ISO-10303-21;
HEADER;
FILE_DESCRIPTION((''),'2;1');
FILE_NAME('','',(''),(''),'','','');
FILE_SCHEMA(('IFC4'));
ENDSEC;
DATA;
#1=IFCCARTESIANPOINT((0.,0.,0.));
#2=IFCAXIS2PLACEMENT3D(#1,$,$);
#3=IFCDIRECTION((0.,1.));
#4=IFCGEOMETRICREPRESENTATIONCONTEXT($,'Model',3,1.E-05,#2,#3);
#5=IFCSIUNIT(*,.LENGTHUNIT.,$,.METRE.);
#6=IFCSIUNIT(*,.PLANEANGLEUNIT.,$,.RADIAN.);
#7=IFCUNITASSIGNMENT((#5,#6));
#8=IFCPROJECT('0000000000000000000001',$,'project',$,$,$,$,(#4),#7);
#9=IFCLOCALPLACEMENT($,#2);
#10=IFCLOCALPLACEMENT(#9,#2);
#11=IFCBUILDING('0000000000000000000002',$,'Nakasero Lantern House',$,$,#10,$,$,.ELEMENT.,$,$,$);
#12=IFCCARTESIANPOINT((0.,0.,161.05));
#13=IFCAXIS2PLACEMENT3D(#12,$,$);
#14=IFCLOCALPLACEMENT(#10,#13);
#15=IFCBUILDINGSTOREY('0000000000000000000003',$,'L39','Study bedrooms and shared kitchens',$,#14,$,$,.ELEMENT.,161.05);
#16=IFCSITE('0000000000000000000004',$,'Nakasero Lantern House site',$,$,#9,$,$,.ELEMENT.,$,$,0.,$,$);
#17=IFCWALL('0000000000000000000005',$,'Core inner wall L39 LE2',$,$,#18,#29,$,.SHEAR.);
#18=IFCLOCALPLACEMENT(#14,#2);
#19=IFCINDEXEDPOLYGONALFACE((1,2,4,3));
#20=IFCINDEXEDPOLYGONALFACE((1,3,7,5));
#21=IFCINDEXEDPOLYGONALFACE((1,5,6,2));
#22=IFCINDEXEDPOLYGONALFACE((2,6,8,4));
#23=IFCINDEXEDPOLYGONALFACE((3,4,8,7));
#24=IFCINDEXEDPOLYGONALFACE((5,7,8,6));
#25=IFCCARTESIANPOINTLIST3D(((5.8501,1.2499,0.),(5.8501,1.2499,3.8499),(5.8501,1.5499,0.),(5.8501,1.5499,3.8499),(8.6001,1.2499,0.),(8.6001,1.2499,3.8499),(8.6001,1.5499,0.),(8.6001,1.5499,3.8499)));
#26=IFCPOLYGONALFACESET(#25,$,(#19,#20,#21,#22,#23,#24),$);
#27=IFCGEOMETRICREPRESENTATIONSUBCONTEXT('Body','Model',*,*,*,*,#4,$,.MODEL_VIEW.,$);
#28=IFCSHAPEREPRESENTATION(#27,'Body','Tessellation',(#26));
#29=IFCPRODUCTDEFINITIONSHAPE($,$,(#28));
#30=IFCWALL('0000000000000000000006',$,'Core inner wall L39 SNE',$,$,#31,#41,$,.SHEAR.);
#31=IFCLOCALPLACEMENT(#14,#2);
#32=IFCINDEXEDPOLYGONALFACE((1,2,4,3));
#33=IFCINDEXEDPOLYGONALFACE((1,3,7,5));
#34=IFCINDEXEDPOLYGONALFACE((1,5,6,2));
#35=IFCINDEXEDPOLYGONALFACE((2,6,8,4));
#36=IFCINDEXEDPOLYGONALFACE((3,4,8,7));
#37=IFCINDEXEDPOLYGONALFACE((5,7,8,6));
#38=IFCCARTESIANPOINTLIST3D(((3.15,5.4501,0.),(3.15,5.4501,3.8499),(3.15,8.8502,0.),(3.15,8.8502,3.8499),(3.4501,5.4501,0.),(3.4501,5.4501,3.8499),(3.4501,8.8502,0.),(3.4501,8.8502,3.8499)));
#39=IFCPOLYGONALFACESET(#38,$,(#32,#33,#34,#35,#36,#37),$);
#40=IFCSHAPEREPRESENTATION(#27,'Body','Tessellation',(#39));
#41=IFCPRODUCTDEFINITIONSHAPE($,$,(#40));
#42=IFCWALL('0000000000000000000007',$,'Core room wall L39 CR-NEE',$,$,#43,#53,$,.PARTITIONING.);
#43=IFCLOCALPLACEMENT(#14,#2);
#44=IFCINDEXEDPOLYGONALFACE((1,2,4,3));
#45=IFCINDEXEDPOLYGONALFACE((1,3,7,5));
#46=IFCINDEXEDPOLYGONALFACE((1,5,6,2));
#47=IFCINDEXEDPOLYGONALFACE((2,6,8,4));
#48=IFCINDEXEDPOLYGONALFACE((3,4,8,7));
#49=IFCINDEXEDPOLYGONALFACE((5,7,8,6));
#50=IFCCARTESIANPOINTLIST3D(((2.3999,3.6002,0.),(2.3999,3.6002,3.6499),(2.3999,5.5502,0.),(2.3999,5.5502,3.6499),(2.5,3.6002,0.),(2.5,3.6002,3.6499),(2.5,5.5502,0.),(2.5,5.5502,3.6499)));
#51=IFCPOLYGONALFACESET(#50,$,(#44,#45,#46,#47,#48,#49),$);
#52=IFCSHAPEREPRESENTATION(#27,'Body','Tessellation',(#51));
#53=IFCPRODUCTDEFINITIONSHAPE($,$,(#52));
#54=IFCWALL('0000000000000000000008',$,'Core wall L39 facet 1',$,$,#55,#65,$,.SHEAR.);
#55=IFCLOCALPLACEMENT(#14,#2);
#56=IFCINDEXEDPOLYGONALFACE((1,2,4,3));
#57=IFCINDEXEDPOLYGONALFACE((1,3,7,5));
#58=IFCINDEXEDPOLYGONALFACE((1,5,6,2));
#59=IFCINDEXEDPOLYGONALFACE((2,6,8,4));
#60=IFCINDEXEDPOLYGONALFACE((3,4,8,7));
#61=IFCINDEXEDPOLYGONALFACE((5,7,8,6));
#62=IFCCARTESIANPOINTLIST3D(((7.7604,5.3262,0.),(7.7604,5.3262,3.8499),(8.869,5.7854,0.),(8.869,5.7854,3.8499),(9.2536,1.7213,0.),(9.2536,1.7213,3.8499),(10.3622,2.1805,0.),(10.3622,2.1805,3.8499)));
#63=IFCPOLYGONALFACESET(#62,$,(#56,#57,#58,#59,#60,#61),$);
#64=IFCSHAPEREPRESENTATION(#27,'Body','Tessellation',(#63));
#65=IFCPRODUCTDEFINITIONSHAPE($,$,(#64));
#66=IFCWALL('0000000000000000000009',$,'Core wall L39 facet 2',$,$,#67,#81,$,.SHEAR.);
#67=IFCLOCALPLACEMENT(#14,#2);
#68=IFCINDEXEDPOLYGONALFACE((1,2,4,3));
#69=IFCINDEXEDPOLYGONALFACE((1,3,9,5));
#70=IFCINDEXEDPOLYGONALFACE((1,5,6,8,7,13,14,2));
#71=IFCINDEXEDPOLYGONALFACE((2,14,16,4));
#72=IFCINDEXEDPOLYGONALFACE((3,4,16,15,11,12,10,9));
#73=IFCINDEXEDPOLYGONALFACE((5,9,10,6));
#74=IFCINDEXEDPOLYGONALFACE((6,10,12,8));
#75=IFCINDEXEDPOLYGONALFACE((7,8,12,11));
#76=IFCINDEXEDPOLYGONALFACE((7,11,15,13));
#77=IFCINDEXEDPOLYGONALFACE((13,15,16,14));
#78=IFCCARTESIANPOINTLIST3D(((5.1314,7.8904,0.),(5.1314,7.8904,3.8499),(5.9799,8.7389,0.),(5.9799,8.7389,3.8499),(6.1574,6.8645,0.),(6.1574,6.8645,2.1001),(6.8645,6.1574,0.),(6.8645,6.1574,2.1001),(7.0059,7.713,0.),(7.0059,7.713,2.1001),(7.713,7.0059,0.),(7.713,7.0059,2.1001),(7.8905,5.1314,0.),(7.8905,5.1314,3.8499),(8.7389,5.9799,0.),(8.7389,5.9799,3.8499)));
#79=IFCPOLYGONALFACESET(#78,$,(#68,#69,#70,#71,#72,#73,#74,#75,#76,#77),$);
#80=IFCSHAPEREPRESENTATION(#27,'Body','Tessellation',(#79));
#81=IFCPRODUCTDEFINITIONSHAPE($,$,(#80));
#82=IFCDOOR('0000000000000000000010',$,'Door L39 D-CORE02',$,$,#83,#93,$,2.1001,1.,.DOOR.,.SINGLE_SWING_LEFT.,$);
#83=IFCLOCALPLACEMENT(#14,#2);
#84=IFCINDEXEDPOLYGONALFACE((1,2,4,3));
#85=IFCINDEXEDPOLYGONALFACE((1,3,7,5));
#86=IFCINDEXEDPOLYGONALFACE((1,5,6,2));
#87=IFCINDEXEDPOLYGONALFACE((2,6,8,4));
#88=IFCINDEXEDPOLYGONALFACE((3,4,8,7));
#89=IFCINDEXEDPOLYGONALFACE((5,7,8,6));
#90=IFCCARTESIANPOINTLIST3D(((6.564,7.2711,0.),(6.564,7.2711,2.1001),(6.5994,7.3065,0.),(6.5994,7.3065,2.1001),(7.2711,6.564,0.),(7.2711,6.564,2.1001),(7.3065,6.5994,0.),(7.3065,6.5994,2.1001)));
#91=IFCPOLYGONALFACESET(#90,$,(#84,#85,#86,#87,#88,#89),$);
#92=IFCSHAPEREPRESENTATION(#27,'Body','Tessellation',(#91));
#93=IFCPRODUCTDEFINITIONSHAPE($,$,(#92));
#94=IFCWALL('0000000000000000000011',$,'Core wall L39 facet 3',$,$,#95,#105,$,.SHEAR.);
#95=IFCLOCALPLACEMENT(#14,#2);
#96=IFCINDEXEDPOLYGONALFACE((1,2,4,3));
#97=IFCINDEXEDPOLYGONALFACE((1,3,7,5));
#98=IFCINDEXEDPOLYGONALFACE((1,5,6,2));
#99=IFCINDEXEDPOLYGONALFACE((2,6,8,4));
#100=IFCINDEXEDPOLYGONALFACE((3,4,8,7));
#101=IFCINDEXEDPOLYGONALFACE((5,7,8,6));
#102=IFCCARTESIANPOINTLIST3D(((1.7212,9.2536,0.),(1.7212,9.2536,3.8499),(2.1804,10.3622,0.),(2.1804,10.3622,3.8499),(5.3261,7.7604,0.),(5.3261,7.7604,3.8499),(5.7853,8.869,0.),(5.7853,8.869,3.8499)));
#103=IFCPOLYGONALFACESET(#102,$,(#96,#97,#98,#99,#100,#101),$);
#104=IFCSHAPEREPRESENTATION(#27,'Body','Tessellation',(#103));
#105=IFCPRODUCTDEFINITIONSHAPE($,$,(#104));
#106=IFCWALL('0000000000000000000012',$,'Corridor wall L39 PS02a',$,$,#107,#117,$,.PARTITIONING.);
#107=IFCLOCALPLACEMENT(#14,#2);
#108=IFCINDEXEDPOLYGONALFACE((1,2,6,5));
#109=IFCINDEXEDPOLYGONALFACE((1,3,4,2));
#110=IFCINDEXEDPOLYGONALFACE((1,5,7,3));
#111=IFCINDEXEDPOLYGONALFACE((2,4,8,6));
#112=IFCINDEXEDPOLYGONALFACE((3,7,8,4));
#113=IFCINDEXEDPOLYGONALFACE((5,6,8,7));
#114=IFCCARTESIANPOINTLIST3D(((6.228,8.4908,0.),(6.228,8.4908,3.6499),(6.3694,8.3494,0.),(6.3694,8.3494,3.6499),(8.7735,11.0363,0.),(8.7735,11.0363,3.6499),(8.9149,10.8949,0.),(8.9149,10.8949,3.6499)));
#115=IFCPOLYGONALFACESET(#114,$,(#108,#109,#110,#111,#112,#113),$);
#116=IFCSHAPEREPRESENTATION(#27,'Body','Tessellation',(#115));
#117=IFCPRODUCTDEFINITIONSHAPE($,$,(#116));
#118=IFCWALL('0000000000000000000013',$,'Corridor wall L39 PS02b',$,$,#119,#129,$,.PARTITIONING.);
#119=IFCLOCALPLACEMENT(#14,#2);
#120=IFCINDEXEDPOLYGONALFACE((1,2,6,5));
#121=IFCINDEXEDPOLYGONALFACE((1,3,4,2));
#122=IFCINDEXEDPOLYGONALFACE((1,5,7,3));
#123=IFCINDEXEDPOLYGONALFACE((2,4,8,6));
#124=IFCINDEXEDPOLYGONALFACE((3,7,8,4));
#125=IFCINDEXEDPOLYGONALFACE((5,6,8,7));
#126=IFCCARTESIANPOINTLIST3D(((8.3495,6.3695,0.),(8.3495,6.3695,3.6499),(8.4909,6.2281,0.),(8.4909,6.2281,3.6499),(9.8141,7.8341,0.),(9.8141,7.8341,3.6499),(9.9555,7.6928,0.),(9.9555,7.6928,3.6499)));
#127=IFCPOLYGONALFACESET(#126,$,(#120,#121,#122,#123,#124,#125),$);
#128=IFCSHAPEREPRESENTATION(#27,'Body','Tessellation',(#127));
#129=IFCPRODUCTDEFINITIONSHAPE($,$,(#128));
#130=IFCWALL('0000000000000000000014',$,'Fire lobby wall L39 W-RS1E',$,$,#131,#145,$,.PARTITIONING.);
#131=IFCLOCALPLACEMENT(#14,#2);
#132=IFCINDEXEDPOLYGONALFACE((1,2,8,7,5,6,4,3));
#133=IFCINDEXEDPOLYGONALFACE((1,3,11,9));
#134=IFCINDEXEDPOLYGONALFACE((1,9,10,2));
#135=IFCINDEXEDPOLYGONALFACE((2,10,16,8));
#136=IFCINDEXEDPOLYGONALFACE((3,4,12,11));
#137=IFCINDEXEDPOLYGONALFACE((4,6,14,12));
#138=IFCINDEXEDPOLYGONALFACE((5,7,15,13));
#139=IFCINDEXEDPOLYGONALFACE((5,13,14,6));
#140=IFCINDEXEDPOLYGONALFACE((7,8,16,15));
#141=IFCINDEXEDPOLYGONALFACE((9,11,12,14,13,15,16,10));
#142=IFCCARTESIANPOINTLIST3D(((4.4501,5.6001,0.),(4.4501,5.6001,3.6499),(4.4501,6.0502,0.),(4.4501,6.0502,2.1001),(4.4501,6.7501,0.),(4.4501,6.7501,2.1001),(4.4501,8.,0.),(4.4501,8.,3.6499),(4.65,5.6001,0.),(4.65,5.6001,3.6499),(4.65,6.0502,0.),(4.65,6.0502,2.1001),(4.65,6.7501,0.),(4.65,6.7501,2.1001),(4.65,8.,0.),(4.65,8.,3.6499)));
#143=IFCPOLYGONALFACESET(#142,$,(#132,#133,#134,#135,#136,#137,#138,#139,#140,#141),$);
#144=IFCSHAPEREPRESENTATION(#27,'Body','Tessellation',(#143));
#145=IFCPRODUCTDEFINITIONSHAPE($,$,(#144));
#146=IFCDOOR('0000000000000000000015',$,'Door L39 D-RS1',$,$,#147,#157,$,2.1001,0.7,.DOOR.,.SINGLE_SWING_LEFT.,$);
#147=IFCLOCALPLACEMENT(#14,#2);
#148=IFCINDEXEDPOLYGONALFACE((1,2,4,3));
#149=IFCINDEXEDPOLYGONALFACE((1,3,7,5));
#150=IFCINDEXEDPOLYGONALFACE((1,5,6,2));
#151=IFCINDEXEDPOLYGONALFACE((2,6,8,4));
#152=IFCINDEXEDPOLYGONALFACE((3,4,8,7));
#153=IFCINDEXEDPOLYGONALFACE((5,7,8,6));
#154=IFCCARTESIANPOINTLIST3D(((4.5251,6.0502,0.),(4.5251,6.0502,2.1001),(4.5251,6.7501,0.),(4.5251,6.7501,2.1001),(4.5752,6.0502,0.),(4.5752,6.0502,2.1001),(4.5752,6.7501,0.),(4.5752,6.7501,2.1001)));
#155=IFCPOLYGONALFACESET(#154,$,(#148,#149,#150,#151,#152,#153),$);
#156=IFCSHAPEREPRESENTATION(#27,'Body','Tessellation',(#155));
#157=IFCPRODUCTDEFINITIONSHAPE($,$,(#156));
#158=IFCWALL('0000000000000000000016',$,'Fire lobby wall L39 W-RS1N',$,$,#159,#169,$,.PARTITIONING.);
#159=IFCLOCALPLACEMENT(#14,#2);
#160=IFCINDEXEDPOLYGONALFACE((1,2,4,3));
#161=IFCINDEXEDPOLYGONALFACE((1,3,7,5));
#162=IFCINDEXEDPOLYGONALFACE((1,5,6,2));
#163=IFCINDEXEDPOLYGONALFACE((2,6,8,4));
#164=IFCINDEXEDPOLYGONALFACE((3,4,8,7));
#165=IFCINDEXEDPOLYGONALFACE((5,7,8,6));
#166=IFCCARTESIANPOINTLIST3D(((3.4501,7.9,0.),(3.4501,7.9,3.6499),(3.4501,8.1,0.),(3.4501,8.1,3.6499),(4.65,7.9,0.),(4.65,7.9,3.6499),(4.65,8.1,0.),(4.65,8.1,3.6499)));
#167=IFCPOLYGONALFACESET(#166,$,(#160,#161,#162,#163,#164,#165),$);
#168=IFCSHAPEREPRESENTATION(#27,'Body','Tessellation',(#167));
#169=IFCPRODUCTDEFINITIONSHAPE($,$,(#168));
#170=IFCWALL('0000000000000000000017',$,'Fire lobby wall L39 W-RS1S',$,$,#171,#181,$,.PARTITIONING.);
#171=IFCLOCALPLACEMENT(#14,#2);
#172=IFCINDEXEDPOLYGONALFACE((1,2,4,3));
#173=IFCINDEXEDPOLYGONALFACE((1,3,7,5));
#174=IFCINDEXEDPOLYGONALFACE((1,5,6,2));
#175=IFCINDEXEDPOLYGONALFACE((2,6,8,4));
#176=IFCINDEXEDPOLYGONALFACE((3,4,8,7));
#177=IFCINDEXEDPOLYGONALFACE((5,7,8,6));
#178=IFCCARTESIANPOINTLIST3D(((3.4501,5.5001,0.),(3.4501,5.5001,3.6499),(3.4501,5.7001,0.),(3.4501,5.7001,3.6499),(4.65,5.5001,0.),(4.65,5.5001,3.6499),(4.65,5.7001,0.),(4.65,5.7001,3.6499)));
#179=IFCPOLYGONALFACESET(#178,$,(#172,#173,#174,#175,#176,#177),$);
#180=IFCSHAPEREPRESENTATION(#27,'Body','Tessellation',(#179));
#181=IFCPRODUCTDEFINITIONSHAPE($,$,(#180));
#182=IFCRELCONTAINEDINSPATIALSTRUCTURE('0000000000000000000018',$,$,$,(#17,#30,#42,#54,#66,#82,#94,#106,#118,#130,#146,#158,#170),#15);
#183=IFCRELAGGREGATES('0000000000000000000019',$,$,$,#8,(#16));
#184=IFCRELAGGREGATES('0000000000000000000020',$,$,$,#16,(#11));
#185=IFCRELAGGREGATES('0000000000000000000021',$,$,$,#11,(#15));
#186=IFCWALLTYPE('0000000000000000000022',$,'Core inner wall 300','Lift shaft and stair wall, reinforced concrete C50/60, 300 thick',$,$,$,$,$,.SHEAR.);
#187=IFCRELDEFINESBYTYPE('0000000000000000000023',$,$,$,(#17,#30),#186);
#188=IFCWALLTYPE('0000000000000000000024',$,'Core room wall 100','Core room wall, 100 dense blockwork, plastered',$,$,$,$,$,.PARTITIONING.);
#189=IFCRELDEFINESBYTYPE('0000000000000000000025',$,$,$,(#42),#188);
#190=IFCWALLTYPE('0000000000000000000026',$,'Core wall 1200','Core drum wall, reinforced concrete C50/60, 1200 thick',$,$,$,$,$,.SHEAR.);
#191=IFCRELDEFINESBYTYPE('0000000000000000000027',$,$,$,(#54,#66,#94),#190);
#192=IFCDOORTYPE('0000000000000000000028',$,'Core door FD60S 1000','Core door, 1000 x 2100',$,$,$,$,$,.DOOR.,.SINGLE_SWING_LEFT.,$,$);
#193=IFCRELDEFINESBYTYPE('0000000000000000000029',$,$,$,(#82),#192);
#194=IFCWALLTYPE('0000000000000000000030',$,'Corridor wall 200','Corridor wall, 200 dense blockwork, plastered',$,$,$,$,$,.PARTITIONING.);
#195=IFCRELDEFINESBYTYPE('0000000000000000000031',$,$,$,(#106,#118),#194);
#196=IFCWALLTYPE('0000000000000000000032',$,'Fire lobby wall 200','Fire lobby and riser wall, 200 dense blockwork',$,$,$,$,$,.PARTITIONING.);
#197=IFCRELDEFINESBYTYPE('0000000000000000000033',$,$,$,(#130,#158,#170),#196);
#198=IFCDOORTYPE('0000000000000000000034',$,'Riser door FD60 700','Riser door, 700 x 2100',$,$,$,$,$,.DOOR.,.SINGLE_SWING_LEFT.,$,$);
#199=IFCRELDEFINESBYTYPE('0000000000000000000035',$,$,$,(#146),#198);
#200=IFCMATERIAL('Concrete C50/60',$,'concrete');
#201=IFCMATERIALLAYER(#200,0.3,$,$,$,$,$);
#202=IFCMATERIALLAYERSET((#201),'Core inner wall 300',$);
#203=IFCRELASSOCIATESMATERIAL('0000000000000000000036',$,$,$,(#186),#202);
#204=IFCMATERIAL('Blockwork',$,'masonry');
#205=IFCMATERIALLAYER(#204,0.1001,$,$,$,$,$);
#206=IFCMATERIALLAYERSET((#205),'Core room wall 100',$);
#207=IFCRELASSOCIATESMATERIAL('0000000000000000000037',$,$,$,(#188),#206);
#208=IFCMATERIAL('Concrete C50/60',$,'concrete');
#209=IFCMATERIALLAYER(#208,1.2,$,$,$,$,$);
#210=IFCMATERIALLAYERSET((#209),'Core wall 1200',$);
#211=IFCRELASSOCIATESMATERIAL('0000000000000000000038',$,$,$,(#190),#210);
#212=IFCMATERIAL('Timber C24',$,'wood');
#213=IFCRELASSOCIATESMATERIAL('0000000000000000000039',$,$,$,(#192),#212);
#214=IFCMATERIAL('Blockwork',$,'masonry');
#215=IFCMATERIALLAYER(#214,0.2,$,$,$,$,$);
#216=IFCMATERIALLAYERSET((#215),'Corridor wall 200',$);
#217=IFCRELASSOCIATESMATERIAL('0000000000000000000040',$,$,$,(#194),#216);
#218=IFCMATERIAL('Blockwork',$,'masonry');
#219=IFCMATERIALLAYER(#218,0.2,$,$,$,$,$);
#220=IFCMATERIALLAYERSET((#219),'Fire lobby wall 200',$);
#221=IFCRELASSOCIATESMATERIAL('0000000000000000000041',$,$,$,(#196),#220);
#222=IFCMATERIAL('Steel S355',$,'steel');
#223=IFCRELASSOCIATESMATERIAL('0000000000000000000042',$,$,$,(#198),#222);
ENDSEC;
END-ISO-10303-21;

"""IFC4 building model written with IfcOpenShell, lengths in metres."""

from ifc_helpers import new_model, si_unit, direction, frame, frame_2d, origin, place, context, subcontext, project, spatial, rectangle, extrude, material, layer, layer_set, type_object, element, fill, save


model = new_model("IFC4")

# Units and contexts
model_context = context("Model", 3, precision=1e-05, world=origin(), true_north=direction((0.0, 1.0)))
body_context = subcontext(model_context, "Body", "Model", "MODEL_VIEW")
ifc_project = project(units=[si_unit("LENGTHUNIT", "METRE"), si_unit("PLANEANGLEUNIT", "RADIAN")], contexts=[model_context])

# Site, building, storey
site_placement = place(None, origin())
site = spatial("IfcSite", under=ifc_project, at=site_placement, Name="Nakasero Lantern House site", CompositionType="ELEMENT", RefElevation=0.0)
building_placement = place(site_placement, origin())
building = spatial("IfcBuilding", under=site, at=building_placement, Name="Nakasero Lantern House", CompositionType="ELEMENT")
storey_placement = place(building_placement, frame((0.0, 0.0, 161.05)))
storey = spatial("IfcBuildingStorey", under=building, at=storey_placement, Name="L39", Description="Study bedrooms and shared kitchens", CompositionType="ELEMENT", Elevation=161.05)

# Walls
ifc_material_1 = material(Name="Concrete C50/60", Category="concrete")
ifc_layer_1 = layer(ifc_material_1, 0.3)
ifc_layer_set_1 = layer_set([ifc_layer_1], Name="Core inner wall 300")
wall_type_1 = type_object("IfcWallType", Name="Core inner wall 300", Description="Lift shaft and stair wall, reinforced concrete C50/60, 300 thick", PredefinedType="SHEAR", material=ifc_layer_set_1)
wall_1_placement = place(storey_placement, frame((5.8501, 1.3999, 0.0), z_axis=(0.0, 0.0, 1.0), x_axis=(1.0, 0.0, 0.0)))
element("IfcWall", 1, at=wall_1_placement, inside=storey, type_object=wall_type_1, Name="Core inner wall L39 LE2", PredefinedType="SHEAR", context=body_context, shape_type="SweptSolid", body=[
    extrude(rectangle(XDim=2.75, YDim=0.3, at=frame_2d((1.375, 0.0))), origin(), (0.0, 0.0, 1.0), 3.8499),
])
wall_2_placement = place(storey_placement, frame((3.3, 5.45, 0.0), z_axis=(0.0, 0.0, 1.0), x_axis=(0.0, 1.0, 0.0)))
element("IfcWall", 2, at=wall_2_placement, inside=storey, type_object=wall_type_1, Name="Core inner wall L39 SNE", PredefinedType="SHEAR", context=body_context, shape_type="SweptSolid", body=[
    extrude(rectangle(XDim=3.4001, YDim=0.3, at=frame_2d((1.7002, 0.0))), origin(), (0.0, 0.0, 1.0), 3.8499),
])
ifc_material_2 = material(Name="Blockwork", Category="masonry")
ifc_layer_2 = layer(ifc_material_2, 0.1001)
ifc_layer_set_2 = layer_set([ifc_layer_2], Name="Core room wall 100")
wall_type_2 = type_object("IfcWallType", Name="Core room wall 100", Description="Core room wall, 100 dense blockwork, plastered", PredefinedType="PARTITIONING", material=ifc_layer_set_2)
wall_3_placement = place(storey_placement, frame((2.45, 3.6001, 0.0), z_axis=(0.0, 0.0, 1.0), x_axis=(0.0, 1.0, 0.0)))
element("IfcWall", 3, at=wall_3_placement, inside=storey, type_object=wall_type_2, Name="Core room wall L39 CR-NEE", PredefinedType="PARTITIONING", context=body_context, shape_type="SweptSolid", body=[
    extrude(rectangle(XDim=1.95, YDim=0.1001, at=frame_2d((0.9751, 0.0))), origin(), (0.0, 0.0, 1.0), 3.6499),
])
ifc_material_3 = material(Name="Concrete C50/60", Category="concrete")
ifc_layer_3 = layer(ifc_material_3, 1.2)
ifc_layer_set_3 = layer_set([ifc_layer_3], Name="Core wall 1200")
wall_type_3 = type_object("IfcWallType", Name="Core wall 1200", Description="Core drum wall, reinforced concrete C50/60, 1200 thick", PredefinedType="SHEAR", material=ifc_layer_set_3)
wall_4_placement = place(storey_placement, frame((9.8079, 1.9509, 0.0), z_axis=(0.0, 0.0, 1.0), x_axis=(-0.382691, 0.923877, 0.0)))
element("IfcWall", 4, at=wall_4_placement, inside=storey, type_object=wall_type_3, Name="Core wall L39 facet 1", PredefinedType="SHEAR", context=body_context, shape_type="SweptSolid", body=[
    extrude(rectangle(XDim=3.9019, YDim=1.2, at=frame_2d((1.9509, 0.0))), origin(), (0.0, 0.0, 1.0), 3.8499),
])

# Wall, opening, door
wall_5_placement = place(storey_placement, frame((8.3147, 5.5557, 0.0), z_axis=(0.0, 0.0, 1.0), x_axis=(-0.707107, 0.707107, 0.0)))
wall_5 = element("IfcWall", 5, at=wall_5_placement, inside=storey, type_object=wall_type_3, Name="Core wall L39 facet 2", PredefinedType="SHEAR", context=body_context, shape_type="SweptSolid", body=[
    extrude(rectangle(XDim=3.9019, YDim=1.2, at=frame_2d((1.9509, 0.0))), origin(), (0.0, 0.0, 1.0), 3.8499),
])
opening_1_placement = place(wall_5_placement, frame((1.4509, 0.0, 0.0)))
opening_1 = element("IfcOpeningElement", 6, at=opening_1_placement, cuts=wall_5, PredefinedType="OPENING", context=body_context, shape_type="SweptSolid", body=[
    extrude(rectangle(XDim=1.0, YDim=2.1001, at=frame_2d((0.5, 1.05))), frame((0.0, 0.6199, 0.0), z_axis=(0.0, -1.0, 0.0), x_axis=(1.0, 0.0, 0.0)), (0.0, 0.0, 1.0), 1.24),
])
ifc_material_4 = material(Name="Timber C24", Category="wood")
door_type_1 = type_object("IfcDoorType", Name="Core door FD60S 1000", Description="Core door, 1000 x 2100", OperationType="SINGLE_SWING_LEFT", PredefinedType="DOOR", material=ifc_material_4)
door_1_placement = place(opening_1_placement, origin())
door_1 = element("IfcDoor", 7, at=door_1_placement, inside=storey, type_object=door_type_1, Name="Door L39 D-CORE02", OperationType="SINGLE_SWING_LEFT", OverallHeight=2.1001, OverallWidth=1.0, PredefinedType="DOOR", context=body_context, shape_type="SweptSolid", body=[
    extrude(rectangle(XDim=1.0, YDim=2.1001, at=frame_2d((0.5, 1.05))), frame((0.0, 0.0249, 0.0), z_axis=(0.0, -1.0, 0.0), x_axis=(1.0, 0.0, 0.0)), (0.0, 0.0, 1.0), 0.05),
])
fill(opening_1, door_1)

# Walls
wall_6_placement = place(storey_placement, frame((5.5557, 8.3147, 0.0), z_axis=(0.0, 0.0, 1.0), x_axis=(-0.923877, 0.382691, 0.0)))
element("IfcWall", 8, at=wall_6_placement, inside=storey, type_object=wall_type_3, Name="Core wall L39 facet 3", PredefinedType="SHEAR", context=body_context, shape_type="SweptSolid", body=[
    extrude(rectangle(XDim=3.9019, YDim=1.2, at=frame_2d((1.9509, 0.0))), origin(), (0.0, 0.0, 1.0), 3.8499),
])
ifc_material_5 = material(Name="Blockwork", Category="masonry")
ifc_layer_4 = layer(ifc_material_5, 0.2)
ifc_layer_set_4 = layer_set([ifc_layer_4], Name="Corridor wall 200")
wall_type_4 = type_object("IfcWallType", Name="Corridor wall 200", Description="Corridor wall, 200 dense blockwork, plastered", PredefinedType="PARTITIONING", material=ifc_layer_set_4)
wall_7_placement = place(storey_placement, frame((6.2988, 8.4202, 0.0), z_axis=(0.0, 0.0, 1.0), x_axis=(0.707107, 0.707107, 0.0)))
element("IfcWall", 9, at=wall_7_placement, inside=storey, type_object=wall_type_4, Name="Corridor wall L39 PS02a", PredefinedType="PARTITIONING", context=body_context, shape_type="SweptSolid", body=[
    extrude(rectangle(XDim=3.5999, YDim=0.2, at=frame_2d((1.7998, 0.0))), origin(), (0.0, 0.0, 1.0), 3.6499),
])
wall_8_placement = place(storey_placement, frame((8.4202, 6.2988, 0.0), z_axis=(0.0, 0.0, 1.0), x_axis=(0.707107, 0.707107, 0.0)))
element("IfcWall", 10, at=wall_8_placement, inside=storey, type_object=wall_type_4, Name="Corridor wall L39 PS02b", PredefinedType="PARTITIONING", context=body_context, shape_type="SweptSolid", body=[
    extrude(rectangle(XDim=2.0713, YDim=0.2, at=frame_2d((1.0356, 0.0))), origin(), (0.0, 0.0, 1.0), 3.6499),
])

# Wall, opening, door
ifc_material_6 = material(Name="Blockwork", Category="masonry")
ifc_layer_5 = layer(ifc_material_6, 0.2)
ifc_layer_set_5 = layer_set([ifc_layer_5], Name="Fire lobby wall 200")
wall_type_5 = type_object("IfcWallType", Name="Fire lobby wall 200", Description="Fire lobby and riser wall, 200 dense blockwork", PredefinedType="PARTITIONING", material=ifc_layer_set_5)
wall_9_placement = place(storey_placement, frame((4.55, 5.6001, 0.0), z_axis=(0.0, 0.0, 1.0), x_axis=(0.0, 1.0, 0.0)))
wall_9 = element("IfcWall", 11, at=wall_9_placement, inside=storey, type_object=wall_type_5, Name="Fire lobby wall L39 W-RS1E", PredefinedType="PARTITIONING", context=body_context, shape_type="SweptSolid", body=[
    extrude(rectangle(XDim=2.3999, YDim=0.2, at=frame_2d((1.2, 0.0))), origin(), (0.0, 0.0, 1.0), 3.6499),
])
opening_2_placement = place(wall_9_placement, frame((0.45, 0.0, 0.0)))
opening_2 = element("IfcOpeningElement", 12, at=opening_2_placement, cuts=wall_9, PredefinedType="OPENING", context=body_context, shape_type="SweptSolid", body=[
    extrude(rectangle(XDim=0.7, YDim=2.1001, at=frame_2d((0.3501, 1.05))), frame((0.0, 0.1199, 0.0), z_axis=(0.0, -1.0, 0.0), x_axis=(1.0, 0.0, 0.0)), (0.0, 0.0, 1.0), 0.24),
])
ifc_material_7 = material(Name="Steel S355", Category="steel")
door_type_2 = type_object("IfcDoorType", Name="Riser door FD60 700", Description="Riser door, 700 x 2100", OperationType="SINGLE_SWING_LEFT", PredefinedType="DOOR", material=ifc_material_7)
door_2_placement = place(opening_2_placement, origin())
door_2 = element("IfcDoor", 13, at=door_2_placement, inside=storey, type_object=door_type_2, Name="Door L39 D-RS1", OperationType="SINGLE_SWING_LEFT", OverallHeight=2.1001, OverallWidth=0.7, PredefinedType="DOOR", context=body_context, shape_type="SweptSolid", body=[
    extrude(rectangle(XDim=0.7, YDim=2.1001, at=frame_2d((0.3501, 1.05))), frame((0.0, 0.0249, 0.0), z_axis=(0.0, -1.0, 0.0), x_axis=(1.0, 0.0, 0.0)), (0.0, 0.0, 1.0), 0.05),
])
fill(opening_2, door_2)

# Walls
for number, where, z_axis, x_axis, name in (
    (14, (3.45, 8.0, 0.0), (0.0, 0.0, 1.0), (1.0, 0.0, 0.0), "Fire lobby wall L39 W-RS1N"),
    (15, (3.45, 5.6001, 0.0), (0.0, 0.0, 1.0), (1.0, 0.0, 0.0), "Fire lobby wall L39 W-RS1S"),
):
    element("IfcWall", number, at=place(storey_placement, frame(where, z_axis=z_axis, x_axis=x_axis)), inside=storey, type_object=wall_type_5, Name=name, PredefinedType="PARTITIONING", context=body_context, shape_type="SweptSolid", body=[
        extrude(rectangle(XDim=1.2, YDim=0.2, at=frame_2d((0.6001, 0.0))), origin(), (0.0, 0.0, 1.0), 3.6499),
    ])

save(model, "model.ifc")
